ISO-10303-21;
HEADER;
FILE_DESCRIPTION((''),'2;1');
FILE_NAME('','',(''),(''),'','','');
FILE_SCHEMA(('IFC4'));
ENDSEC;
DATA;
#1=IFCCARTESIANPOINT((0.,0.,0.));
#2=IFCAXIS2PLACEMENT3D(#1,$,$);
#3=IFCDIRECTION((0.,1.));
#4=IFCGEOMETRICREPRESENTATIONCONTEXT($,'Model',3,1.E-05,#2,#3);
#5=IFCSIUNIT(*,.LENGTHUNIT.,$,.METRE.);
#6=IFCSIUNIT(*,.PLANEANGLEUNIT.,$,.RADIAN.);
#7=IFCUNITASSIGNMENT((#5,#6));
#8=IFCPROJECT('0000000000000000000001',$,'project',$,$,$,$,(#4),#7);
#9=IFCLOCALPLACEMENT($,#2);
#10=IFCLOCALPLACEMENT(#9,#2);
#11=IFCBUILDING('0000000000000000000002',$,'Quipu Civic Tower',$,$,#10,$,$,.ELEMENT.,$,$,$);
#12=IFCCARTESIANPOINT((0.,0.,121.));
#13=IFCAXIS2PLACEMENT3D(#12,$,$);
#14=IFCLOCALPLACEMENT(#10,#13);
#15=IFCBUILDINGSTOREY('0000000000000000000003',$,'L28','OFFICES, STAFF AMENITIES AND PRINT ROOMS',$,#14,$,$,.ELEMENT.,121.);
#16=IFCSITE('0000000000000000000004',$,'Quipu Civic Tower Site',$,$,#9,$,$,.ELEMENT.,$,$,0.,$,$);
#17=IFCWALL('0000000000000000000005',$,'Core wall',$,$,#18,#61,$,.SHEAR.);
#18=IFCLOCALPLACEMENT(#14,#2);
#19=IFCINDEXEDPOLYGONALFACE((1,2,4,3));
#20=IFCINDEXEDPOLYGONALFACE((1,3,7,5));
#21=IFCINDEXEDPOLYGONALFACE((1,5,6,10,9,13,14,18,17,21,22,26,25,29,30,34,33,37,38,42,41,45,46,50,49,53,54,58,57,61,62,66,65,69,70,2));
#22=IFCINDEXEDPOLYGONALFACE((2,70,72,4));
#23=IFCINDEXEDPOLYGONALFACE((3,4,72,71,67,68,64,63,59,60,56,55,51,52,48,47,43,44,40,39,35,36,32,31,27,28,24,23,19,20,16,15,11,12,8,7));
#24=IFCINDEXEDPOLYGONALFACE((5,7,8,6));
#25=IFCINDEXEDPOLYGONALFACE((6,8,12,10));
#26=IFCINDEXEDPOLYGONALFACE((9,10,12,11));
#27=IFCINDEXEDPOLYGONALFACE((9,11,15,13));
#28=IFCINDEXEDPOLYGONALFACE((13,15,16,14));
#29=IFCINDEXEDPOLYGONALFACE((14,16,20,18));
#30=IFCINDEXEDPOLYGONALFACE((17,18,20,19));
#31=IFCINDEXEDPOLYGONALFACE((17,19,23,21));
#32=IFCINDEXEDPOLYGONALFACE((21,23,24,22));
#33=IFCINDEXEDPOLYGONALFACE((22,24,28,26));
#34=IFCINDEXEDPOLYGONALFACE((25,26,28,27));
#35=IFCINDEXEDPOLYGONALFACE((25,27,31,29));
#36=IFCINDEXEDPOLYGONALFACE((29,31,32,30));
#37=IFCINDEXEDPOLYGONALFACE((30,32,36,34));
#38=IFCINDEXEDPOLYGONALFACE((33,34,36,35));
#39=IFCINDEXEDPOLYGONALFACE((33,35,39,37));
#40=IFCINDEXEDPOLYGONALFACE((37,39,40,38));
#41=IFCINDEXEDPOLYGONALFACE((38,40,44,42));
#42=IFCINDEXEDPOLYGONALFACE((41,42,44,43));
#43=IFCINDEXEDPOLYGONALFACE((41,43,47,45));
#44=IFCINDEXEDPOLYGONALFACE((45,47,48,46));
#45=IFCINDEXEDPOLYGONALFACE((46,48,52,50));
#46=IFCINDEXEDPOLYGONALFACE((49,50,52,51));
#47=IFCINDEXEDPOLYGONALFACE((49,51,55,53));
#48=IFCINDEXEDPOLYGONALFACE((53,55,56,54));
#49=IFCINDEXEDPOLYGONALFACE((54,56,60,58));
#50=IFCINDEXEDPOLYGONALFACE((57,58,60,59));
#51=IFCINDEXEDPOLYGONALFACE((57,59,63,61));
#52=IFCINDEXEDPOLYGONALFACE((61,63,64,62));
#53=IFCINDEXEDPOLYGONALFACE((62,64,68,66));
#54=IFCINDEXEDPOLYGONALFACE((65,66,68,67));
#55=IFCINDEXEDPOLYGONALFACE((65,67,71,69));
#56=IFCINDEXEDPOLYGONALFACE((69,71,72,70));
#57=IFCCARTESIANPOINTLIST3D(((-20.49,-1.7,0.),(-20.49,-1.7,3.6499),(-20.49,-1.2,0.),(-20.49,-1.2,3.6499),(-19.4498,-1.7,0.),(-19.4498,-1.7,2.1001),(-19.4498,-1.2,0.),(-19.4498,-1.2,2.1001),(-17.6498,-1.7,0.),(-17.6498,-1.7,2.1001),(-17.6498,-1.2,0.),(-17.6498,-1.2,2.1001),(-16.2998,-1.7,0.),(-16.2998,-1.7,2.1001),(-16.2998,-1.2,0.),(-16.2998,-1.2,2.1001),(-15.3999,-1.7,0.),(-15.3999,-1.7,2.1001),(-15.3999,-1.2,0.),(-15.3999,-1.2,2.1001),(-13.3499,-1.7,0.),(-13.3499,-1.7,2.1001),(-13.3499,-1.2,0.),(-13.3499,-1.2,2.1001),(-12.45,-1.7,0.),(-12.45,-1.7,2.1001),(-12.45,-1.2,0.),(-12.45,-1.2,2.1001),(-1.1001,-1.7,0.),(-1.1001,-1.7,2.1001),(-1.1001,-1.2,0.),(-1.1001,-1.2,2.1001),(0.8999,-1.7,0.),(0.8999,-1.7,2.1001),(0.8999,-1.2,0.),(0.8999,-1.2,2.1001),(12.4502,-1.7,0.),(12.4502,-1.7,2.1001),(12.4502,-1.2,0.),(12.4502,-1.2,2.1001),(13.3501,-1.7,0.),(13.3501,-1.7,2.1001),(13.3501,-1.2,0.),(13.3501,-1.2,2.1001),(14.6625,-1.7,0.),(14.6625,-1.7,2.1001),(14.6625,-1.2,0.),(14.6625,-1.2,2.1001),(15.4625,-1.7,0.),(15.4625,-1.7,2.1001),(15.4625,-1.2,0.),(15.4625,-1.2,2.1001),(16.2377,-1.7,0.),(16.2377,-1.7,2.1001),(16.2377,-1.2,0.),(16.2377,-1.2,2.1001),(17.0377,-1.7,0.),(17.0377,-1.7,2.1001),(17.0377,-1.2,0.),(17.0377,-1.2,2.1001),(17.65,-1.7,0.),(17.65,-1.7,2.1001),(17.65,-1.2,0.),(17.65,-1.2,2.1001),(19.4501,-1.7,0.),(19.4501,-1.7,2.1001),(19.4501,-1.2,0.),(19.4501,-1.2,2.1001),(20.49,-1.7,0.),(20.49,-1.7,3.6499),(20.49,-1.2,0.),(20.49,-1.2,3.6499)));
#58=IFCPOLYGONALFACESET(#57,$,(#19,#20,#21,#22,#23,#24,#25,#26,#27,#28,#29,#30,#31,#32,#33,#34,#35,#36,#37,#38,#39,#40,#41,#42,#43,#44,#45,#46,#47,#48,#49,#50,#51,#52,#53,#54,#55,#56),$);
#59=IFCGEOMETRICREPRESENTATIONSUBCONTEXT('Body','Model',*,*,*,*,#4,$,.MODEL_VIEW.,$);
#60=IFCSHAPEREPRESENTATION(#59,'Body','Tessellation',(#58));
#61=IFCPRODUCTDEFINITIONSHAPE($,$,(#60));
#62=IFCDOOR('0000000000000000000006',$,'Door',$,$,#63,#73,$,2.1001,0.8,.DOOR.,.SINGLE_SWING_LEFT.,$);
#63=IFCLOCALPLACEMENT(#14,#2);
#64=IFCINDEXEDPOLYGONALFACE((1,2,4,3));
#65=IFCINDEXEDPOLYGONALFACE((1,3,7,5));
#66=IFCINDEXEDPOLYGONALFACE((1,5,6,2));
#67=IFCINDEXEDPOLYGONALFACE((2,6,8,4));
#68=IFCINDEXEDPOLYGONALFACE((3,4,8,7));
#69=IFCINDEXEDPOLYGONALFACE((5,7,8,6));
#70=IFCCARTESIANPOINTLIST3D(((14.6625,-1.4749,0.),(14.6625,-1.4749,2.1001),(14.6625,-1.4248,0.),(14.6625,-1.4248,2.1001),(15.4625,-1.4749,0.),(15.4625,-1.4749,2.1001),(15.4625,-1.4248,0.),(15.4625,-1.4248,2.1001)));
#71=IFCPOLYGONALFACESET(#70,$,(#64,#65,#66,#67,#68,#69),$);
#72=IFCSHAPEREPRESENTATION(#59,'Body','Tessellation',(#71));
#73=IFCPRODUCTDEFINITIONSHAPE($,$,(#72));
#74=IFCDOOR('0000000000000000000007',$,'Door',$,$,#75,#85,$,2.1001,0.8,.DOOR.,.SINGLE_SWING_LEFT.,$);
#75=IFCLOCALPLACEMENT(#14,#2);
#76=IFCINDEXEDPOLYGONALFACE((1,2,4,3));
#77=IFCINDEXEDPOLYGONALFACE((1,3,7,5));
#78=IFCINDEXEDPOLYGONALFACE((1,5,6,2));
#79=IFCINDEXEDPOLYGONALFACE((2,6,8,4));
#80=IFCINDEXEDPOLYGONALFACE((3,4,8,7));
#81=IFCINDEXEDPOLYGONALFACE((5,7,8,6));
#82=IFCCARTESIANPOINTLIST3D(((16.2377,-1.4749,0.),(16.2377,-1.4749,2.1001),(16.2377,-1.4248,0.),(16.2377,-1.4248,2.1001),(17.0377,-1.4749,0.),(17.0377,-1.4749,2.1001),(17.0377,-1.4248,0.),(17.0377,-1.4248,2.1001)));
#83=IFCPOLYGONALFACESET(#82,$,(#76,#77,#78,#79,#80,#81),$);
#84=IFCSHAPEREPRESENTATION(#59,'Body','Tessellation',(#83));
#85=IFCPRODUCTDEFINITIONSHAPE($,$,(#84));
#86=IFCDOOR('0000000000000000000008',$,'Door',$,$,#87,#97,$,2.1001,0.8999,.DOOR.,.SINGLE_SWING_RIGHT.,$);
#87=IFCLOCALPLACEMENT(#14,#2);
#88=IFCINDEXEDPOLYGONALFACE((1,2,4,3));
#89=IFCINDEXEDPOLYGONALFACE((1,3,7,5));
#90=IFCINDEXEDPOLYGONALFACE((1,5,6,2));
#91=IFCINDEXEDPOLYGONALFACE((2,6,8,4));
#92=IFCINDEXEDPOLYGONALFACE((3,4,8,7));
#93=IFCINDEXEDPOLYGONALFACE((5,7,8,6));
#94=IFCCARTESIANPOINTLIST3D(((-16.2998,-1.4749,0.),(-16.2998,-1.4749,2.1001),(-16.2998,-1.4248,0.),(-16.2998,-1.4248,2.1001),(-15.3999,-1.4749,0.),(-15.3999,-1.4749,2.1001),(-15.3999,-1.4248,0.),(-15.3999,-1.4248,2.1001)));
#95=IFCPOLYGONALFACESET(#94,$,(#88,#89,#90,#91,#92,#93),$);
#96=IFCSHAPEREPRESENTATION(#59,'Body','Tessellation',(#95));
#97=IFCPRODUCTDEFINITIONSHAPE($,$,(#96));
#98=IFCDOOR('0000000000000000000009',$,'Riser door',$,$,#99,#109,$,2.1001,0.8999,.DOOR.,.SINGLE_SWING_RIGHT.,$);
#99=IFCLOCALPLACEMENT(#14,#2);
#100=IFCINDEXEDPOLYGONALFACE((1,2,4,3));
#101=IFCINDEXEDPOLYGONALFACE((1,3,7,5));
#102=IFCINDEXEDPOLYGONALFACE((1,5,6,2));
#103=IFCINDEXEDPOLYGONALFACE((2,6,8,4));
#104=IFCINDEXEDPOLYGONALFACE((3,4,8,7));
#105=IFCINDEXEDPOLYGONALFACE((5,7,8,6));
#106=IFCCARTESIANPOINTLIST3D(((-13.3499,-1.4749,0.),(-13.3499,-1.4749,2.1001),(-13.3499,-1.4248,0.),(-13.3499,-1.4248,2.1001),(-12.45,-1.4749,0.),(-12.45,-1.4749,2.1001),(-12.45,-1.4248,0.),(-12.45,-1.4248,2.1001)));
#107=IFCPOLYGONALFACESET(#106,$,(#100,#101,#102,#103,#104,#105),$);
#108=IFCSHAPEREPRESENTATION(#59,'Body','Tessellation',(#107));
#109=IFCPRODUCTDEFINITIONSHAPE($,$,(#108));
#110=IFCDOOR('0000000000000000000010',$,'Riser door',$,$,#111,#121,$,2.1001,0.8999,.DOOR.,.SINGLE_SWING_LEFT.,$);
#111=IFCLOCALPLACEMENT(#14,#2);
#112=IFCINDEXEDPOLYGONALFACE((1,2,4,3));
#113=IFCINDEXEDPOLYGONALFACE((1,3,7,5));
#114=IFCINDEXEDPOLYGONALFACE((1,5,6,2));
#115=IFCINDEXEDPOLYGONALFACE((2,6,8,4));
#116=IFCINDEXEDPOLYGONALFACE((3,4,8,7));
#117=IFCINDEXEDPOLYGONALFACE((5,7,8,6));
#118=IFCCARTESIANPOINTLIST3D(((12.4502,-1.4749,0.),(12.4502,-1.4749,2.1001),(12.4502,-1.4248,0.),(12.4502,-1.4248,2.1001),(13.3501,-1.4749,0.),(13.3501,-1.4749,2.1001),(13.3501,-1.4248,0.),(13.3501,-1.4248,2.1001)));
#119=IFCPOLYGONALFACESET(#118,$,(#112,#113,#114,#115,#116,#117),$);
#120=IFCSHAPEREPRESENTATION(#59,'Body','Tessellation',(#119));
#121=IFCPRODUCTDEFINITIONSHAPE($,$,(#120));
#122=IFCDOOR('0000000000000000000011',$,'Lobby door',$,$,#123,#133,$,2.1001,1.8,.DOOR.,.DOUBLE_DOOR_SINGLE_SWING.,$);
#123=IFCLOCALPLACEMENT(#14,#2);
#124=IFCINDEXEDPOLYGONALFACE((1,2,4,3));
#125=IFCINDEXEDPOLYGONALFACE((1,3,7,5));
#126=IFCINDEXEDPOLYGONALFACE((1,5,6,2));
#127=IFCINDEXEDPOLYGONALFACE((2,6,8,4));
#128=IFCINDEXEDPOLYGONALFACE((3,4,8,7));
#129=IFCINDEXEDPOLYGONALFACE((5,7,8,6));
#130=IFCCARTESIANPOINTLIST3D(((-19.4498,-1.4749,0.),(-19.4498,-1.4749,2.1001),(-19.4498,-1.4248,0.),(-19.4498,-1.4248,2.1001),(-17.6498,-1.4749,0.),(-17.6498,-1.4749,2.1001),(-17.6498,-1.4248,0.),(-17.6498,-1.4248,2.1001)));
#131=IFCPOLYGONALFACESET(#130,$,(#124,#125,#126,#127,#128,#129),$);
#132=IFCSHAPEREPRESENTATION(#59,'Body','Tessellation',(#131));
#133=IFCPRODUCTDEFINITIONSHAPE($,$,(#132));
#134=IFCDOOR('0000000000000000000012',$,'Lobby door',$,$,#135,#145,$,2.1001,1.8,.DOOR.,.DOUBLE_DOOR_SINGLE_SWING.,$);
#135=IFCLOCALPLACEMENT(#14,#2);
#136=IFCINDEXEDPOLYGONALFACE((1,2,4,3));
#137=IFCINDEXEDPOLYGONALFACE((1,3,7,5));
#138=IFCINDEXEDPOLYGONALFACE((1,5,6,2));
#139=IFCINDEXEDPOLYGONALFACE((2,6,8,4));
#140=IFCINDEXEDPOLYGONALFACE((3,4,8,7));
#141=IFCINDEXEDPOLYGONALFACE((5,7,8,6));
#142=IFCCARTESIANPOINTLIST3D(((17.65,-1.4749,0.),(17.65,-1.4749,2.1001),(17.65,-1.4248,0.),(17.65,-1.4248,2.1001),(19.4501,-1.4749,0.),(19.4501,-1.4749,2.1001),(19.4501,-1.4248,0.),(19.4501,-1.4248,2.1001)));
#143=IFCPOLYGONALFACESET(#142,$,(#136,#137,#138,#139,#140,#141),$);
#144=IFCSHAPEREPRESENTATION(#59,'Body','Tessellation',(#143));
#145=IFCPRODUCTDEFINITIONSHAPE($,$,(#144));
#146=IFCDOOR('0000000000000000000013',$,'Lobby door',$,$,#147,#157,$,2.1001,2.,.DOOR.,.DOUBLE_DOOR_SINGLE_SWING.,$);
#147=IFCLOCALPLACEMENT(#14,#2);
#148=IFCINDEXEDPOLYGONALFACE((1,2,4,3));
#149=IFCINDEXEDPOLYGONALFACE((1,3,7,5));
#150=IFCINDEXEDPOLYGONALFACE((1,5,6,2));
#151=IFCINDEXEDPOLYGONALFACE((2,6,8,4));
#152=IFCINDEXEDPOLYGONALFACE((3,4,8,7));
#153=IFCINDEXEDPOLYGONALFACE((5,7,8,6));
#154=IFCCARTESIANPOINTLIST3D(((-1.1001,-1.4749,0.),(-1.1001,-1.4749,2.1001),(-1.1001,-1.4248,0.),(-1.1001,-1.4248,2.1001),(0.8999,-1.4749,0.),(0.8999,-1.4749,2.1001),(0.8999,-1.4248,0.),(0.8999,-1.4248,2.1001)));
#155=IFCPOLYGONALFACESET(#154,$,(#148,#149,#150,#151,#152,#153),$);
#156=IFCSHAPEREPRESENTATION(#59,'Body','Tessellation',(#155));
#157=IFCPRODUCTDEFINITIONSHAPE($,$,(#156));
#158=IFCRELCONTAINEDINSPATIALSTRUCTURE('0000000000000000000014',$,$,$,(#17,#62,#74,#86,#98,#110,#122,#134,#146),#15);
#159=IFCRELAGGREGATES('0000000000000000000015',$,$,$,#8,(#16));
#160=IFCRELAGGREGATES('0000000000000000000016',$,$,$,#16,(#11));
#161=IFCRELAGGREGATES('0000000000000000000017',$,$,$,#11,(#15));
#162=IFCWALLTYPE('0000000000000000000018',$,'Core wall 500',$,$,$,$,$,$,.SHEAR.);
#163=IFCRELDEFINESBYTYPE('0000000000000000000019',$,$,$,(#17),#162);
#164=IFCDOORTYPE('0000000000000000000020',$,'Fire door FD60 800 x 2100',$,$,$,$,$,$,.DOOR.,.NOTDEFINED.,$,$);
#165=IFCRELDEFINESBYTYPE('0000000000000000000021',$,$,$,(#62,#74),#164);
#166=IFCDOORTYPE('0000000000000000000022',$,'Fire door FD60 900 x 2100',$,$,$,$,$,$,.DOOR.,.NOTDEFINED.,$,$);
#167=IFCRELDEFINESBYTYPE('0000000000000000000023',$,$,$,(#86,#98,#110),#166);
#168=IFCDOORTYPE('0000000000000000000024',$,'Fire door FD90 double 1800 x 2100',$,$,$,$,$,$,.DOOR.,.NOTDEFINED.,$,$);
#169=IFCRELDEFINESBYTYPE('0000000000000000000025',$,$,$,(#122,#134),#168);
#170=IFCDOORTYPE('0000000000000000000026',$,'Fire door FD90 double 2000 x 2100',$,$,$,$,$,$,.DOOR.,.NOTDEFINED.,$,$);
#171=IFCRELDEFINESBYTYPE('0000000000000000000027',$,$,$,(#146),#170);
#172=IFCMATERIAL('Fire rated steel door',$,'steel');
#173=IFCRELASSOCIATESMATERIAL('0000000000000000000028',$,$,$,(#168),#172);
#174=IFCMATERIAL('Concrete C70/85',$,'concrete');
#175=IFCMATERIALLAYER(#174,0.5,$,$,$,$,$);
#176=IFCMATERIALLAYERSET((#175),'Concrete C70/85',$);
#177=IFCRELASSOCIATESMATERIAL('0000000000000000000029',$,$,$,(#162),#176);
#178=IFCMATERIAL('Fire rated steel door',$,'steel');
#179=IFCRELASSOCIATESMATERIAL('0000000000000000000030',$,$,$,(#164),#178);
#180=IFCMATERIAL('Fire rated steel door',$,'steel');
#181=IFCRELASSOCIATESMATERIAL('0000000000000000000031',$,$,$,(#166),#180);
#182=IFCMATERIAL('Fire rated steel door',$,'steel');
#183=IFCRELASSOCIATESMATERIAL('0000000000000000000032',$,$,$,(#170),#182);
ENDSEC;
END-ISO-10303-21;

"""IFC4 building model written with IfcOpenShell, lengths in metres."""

from ifc_helpers import new_model, si_unit, direction, frame, frame_2d, origin, place, context, subcontext, project, spatial, rectangle, extrude, material, layer, layer_set, type_object, element, fill, save


model = new_model("IFC4")

# Units and contexts
model_context = context("Model", 3, precision=1e-05, world=origin(), true_north=direction((0.0, 1.0)))
body_context = subcontext(model_context, "Body", "Model", "MODEL_VIEW")
ifc_project = project(units=[si_unit("LENGTHUNIT", "METRE"), si_unit("PLANEANGLEUNIT", "RADIAN")], contexts=[model_context])

# Site, building, storey
site_placement = place(None, origin())
site = spatial("IfcSite", under=ifc_project, at=site_placement, Name="Quipu Civic Tower Site", CompositionType="ELEMENT", RefElevation=0.0)
building_placement = place(site_placement, origin())
building = spatial("IfcBuilding", under=site, at=building_placement, Name="Quipu Civic Tower", CompositionType="ELEMENT")
storey_placement = place(building_placement, frame((0.0, 0.0, 121.0)))
storey = spatial("IfcBuildingStorey", under=building, at=storey_placement, Name="L28", Description="OFFICES, STAFF AMENITIES AND PRINT ROOMS", CompositionType="ELEMENT", Elevation=121.0)

# Shared definitions
ifc_material_1 = material(Name="Fire rated steel door", Category="steel")
door_type_1 = type_object("IfcDoorType", Name="Fire door FD90 double 1800 x 2100", OperationType="NOTDEFINED", PredefinedType="DOOR", material=ifc_material_1)

# Shared definitions
ifc_material_2 = material(Name="Concrete C70/85", Category="concrete")
ifc_layer_1 = layer(ifc_material_2, 0.5)
ifc_layer_set_1 = layer_set([ifc_layer_1], Name="Concrete C70/85")
wall_type_1 = type_object("IfcWallType", Name="Core wall 500", PredefinedType="SHEAR", material=ifc_layer_set_1)

# Wall, openings, doors
wall_1_placement = place(storey_placement, frame((20.49, -1.45, 0.0), z_axis=(0.0, 0.0, 1.0), x_axis=(-1.0, 0.0, 0.0)))
wall_1 = element("IfcWall", 1, at=wall_1_placement, inside=storey, type_object=wall_type_1, Name="Core wall", PredefinedType="SHEAR", context=body_context, shape_type="SweptSolid", body=[
    extrude(rectangle(XDim=40.98, YDim=0.5, at=frame_2d((20.49, 0.0))), origin(), (0.0, 0.0, 1.0), 3.6499),
])
opening_1_placement = place(wall_1_placement, frame((38.1399, 0.0, 0.0)))
opening_1 = element("IfcOpeningElement", 2, at=opening_1_placement, cuts=wall_1, PredefinedType="OPENING", context=body_context, shape_type="SweptSolid", body=[
    extrude(rectangle(XDim=1.8, YDim=2.1001, at=frame_2d((0.8999, 1.05))), frame((0.0, 0.26, 0.0), z_axis=(0.0, -1.0, 0.0), x_axis=(1.0, 0.0, 0.0)), (0.0, 0.0, 1.0), 0.52),
])
opening_2_placement = place(wall_1_placement, frame((35.8899, 0.0, 0.0)))
opening_2 = element("IfcOpeningElement", 3, at=opening_2_placement, cuts=wall_1, PredefinedType="OPENING", context=body_context, shape_type="SweptSolid", body=[
    extrude(rectangle(XDim=0.8999, YDim=2.1001, at=frame_2d((0.45, 1.05))), frame((0.0, 0.26, 0.0), z_axis=(0.0, -1.0, 0.0), x_axis=(1.0, 0.0, 0.0)), (0.0, 0.0, 1.0), 0.52),
])
opening_3_placement = place(wall_1_placement, frame((32.9399, 0.0, 0.0)))
opening_3 = element("IfcOpeningElement", 4, at=opening_3_placement, cuts=wall_1, PredefinedType="OPENING", context=body_context, shape_type="SweptSolid", body=[
    extrude(rectangle(XDim=0.8999, YDim=2.1001, at=frame_2d((0.45, 1.05))), frame((0.0, 0.26, 0.0), z_axis=(0.0, -1.0, 0.0), x_axis=(1.0, 0.0, 0.0)), (0.0, 0.0, 1.0), 0.52),
])
opening_4_placement = place(wall_1_placement, frame((19.5901, 0.0, 0.0)))
opening_4 = element("IfcOpeningElement", 5, at=opening_4_placement, cuts=wall_1, PredefinedType="OPENING", context=body_context, shape_type="SweptSolid", body=[
    extrude(rectangle(XDim=2.0, YDim=2.1001, at=frame_2d((1.0, 1.05))), frame((0.0, 0.26, 0.0), z_axis=(0.0, -1.0, 0.0), x_axis=(1.0, 0.0, 0.0)), (0.0, 0.0, 1.0), 0.52),
])
opening_5_placement = place(wall_1_placement, frame((7.1399, 0.0, 0.0)))
opening_5 = element("IfcOpeningElement", 6, at=opening_5_placement, cuts=wall_1, PredefinedType="OPENING", context=body_context, shape_type="SweptSolid", body=[
    extrude(rectangle(XDim=0.8999, YDim=2.1001, at=frame_2d((0.45, 1.05))), frame((0.0, 0.26, 0.0), z_axis=(0.0, -1.0, 0.0), x_axis=(1.0, 0.0, 0.0)), (0.0, 0.0, 1.0), 0.52),
])
opening_6_placement = place(wall_1_placement, frame((5.0276, 0.0, 0.0)))
opening_6 = element("IfcOpeningElement", 7, at=opening_6_placement, cuts=wall_1, PredefinedType="OPENING", context=body_context, shape_type="SweptSolid", body=[
    extrude(rectangle(XDim=0.8, YDim=2.1001, at=frame_2d((0.3999, 1.05))), frame((0.0, 0.26, 0.0), z_axis=(0.0, -1.0, 0.0), x_axis=(1.0, 0.0, 0.0)), (0.0, 0.0, 1.0), 0.52),
])
opening_7_placement = place(wall_1_placement, frame((3.4524, 0.0, 0.0)))
opening_7 = element("IfcOpeningElement", 8, at=opening_7_placement, cuts=wall_1, PredefinedType="OPENING", context=body_context, shape_type="SweptSolid", body=[
    extrude(rectangle(XDim=0.8, YDim=2.1001, at=frame_2d((0.3999, 1.05))), frame((0.0, 0.26, 0.0), z_axis=(0.0, -1.0, 0.0), x_axis=(1.0, 0.0, 0.0)), (0.0, 0.0, 1.0), 0.52),
])
opening_8_placement = place(wall_1_placement, frame((1.04, 0.0, 0.0)))
opening_8 = element("IfcOpeningElement", 9, at=opening_8_placement, cuts=wall_1, PredefinedType="OPENING", context=body_context, shape_type="SweptSolid", body=[
    extrude(rectangle(XDim=1.8, YDim=2.1001, at=frame_2d((0.8999, 1.05))), frame((0.0, 0.26, 0.0), z_axis=(0.0, -1.0, 0.0), x_axis=(1.0, 0.0, 0.0)), (0.0, 0.0, 1.0), 0.52),
])
ifc_material_3 = material(Name="Fire rated steel door", Category="steel")
door_type_2 = type_object("IfcDoorType", Name="Fire door FD60 800 x 2100", OperationType="NOTDEFINED", PredefinedType="DOOR", material=ifc_material_3)
door_1_placement = place(opening_6_placement, origin())
door_1 = element("IfcDoor", 10, at=door_1_placement, inside=storey, type_object=door_type_2, Name="Door", OperationType="SINGLE_SWING_LEFT", OverallHeight=2.1001, OverallWidth=0.8, PredefinedType="DOOR", context=body_context, shape_type="SweptSolid", body=[
    extrude(rectangle(XDim=0.8, YDim=2.1001, at=frame_2d((0.3999, 1.05))), frame((0.0, 0.0249, 0.0), z_axis=(0.0, -1.0, 0.0), x_axis=(1.0, 0.0, 0.0)), (0.0, 0.0, 1.0), 0.05),
])
fill(opening_6, door_1)
door_2_placement = place(opening_7_placement, origin())
door_2 = element("IfcDoor", 11, at=door_2_placement, inside=storey, type_object=door_type_2, Name="Door", OperationType="SINGLE_SWING_LEFT", OverallHeight=2.1001, OverallWidth=0.8, PredefinedType="DOOR", context=body_context, shape_type="SweptSolid", body=[
    extrude(rectangle(XDim=0.8, YDim=2.1001, at=frame_2d((0.3999, 1.05))), frame((0.0, 0.0249, 0.0), z_axis=(0.0, -1.0, 0.0), x_axis=(1.0, 0.0, 0.0)), (0.0, 0.0, 1.0), 0.05),
])
fill(opening_7, door_2)
ifc_material_4 = material(Name="Fire rated steel door", Category="steel")
door_type_3 = type_object("IfcDoorType", Name="Fire door FD60 900 x 2100", OperationType="NOTDEFINED", PredefinedType="DOOR", material=ifc_material_4)
door_3_placement = place(opening_2_placement, origin())
door_3 = element("IfcDoor", 12, at=door_3_placement, inside=storey, type_object=door_type_3, Name="Door", OperationType="SINGLE_SWING_RIGHT", OverallHeight=2.1001, OverallWidth=0.8999, PredefinedType="DOOR", context=body_context, shape_type="SweptSolid", body=[
    extrude(rectangle(XDim=0.8999, YDim=2.1001, at=frame_2d((0.45, 1.05))), frame((0.0, 0.0249, 0.0), z_axis=(0.0, -1.0, 0.0), x_axis=(1.0, 0.0, 0.0)), (0.0, 0.0, 1.0), 0.05),
])
fill(opening_2, door_3)
door_4_placement = place(opening_3_placement, origin())
door_4 = element("IfcDoor", 13, at=door_4_placement, inside=storey, type_object=door_type_3, Name="Riser door", OperationType="SINGLE_SWING_RIGHT", OverallHeight=2.1001, OverallWidth=0.8999, PredefinedType="DOOR", context=body_context, shape_type="SweptSolid", body=[
    extrude(rectangle(XDim=0.8999, YDim=2.1001, at=frame_2d((0.45, 1.05))), frame((0.0, 0.0249, 0.0), z_axis=(0.0, -1.0, 0.0), x_axis=(1.0, 0.0, 0.0)), (0.0, 0.0, 1.0), 0.05),
])
fill(opening_3, door_4)
door_5_placement = place(opening_5_placement, origin())
door_5 = element("IfcDoor", 14, at=door_5_placement, inside=storey, type_object=door_type_3, Name="Riser door", OperationType="SINGLE_SWING_LEFT", OverallHeight=2.1001, OverallWidth=0.8999, PredefinedType="DOOR", context=body_context, shape_type="SweptSolid", body=[
    extrude(rectangle(XDim=0.8999, YDim=2.1001, at=frame_2d((0.45, 1.05))), frame((0.0, 0.0249, 0.0), z_axis=(0.0, -1.0, 0.0), x_axis=(1.0, 0.0, 0.0)), (0.0, 0.0, 1.0), 0.05),
])
fill(opening_5, door_5)
door_6_placement = place(opening_1_placement, origin())
door_6 = element("IfcDoor", 15, at=door_6_placement, inside=storey, type_object=door_type_1, Name="Lobby door", OperationType="DOUBLE_DOOR_SINGLE_SWING", OverallHeight=2.1001, OverallWidth=1.8, PredefinedType="DOOR", context=body_context, shape_type="SweptSolid", body=[
    extrude(rectangle(XDim=1.8, YDim=2.1001, at=frame_2d((0.8999, 1.05))), frame((0.0, 0.0249, 0.0), z_axis=(0.0, -1.0, 0.0), x_axis=(1.0, 0.0, 0.0)), (0.0, 0.0, 1.0), 0.05),
])
fill(opening_1, door_6)
door_7_placement = place(opening_8_placement, origin())
door_7 = element("IfcDoor", 16, at=door_7_placement, inside=storey, type_object=door_type_1, Name="Lobby door", OperationType="DOUBLE_DOOR_SINGLE_SWING", OverallHeight=2.1001, OverallWidth=1.8, PredefinedType="DOOR", context=body_context, shape_type="SweptSolid", body=[
    extrude(rectangle(XDim=1.8, YDim=2.1001, at=frame_2d((0.8999, 1.05))), frame((0.0, 0.0249, 0.0), z_axis=(0.0, -1.0, 0.0), x_axis=(1.0, 0.0, 0.0)), (0.0, 0.0, 1.0), 0.05),
])
fill(opening_8, door_7)
ifc_material_5 = material(Name="Fire rated steel door", Category="steel")
door_type_4 = type_object("IfcDoorType", Name="Fire door FD90 double 2000 x 2100", OperationType="NOTDEFINED", PredefinedType="DOOR", material=ifc_material_5)
door_8_placement = place(opening_4_placement, origin())
door_8 = element("IfcDoor", 17, at=door_8_placement, inside=storey, type_object=door_type_4, Name="Lobby door", OperationType="DOUBLE_DOOR_SINGLE_SWING", OverallHeight=2.1001, OverallWidth=2.0, PredefinedType="DOOR", context=body_context, shape_type="SweptSolid", body=[
    extrude(rectangle(XDim=2.0, YDim=2.1001, at=frame_2d((1.0, 1.05))), frame((0.0, 0.0249, 0.0), z_axis=(0.0, -1.0, 0.0), x_axis=(1.0, 0.0, 0.0)), (0.0, 0.0, 1.0), 0.05),
])
fill(opening_4, door_8)

save(model, "model.ifc")
